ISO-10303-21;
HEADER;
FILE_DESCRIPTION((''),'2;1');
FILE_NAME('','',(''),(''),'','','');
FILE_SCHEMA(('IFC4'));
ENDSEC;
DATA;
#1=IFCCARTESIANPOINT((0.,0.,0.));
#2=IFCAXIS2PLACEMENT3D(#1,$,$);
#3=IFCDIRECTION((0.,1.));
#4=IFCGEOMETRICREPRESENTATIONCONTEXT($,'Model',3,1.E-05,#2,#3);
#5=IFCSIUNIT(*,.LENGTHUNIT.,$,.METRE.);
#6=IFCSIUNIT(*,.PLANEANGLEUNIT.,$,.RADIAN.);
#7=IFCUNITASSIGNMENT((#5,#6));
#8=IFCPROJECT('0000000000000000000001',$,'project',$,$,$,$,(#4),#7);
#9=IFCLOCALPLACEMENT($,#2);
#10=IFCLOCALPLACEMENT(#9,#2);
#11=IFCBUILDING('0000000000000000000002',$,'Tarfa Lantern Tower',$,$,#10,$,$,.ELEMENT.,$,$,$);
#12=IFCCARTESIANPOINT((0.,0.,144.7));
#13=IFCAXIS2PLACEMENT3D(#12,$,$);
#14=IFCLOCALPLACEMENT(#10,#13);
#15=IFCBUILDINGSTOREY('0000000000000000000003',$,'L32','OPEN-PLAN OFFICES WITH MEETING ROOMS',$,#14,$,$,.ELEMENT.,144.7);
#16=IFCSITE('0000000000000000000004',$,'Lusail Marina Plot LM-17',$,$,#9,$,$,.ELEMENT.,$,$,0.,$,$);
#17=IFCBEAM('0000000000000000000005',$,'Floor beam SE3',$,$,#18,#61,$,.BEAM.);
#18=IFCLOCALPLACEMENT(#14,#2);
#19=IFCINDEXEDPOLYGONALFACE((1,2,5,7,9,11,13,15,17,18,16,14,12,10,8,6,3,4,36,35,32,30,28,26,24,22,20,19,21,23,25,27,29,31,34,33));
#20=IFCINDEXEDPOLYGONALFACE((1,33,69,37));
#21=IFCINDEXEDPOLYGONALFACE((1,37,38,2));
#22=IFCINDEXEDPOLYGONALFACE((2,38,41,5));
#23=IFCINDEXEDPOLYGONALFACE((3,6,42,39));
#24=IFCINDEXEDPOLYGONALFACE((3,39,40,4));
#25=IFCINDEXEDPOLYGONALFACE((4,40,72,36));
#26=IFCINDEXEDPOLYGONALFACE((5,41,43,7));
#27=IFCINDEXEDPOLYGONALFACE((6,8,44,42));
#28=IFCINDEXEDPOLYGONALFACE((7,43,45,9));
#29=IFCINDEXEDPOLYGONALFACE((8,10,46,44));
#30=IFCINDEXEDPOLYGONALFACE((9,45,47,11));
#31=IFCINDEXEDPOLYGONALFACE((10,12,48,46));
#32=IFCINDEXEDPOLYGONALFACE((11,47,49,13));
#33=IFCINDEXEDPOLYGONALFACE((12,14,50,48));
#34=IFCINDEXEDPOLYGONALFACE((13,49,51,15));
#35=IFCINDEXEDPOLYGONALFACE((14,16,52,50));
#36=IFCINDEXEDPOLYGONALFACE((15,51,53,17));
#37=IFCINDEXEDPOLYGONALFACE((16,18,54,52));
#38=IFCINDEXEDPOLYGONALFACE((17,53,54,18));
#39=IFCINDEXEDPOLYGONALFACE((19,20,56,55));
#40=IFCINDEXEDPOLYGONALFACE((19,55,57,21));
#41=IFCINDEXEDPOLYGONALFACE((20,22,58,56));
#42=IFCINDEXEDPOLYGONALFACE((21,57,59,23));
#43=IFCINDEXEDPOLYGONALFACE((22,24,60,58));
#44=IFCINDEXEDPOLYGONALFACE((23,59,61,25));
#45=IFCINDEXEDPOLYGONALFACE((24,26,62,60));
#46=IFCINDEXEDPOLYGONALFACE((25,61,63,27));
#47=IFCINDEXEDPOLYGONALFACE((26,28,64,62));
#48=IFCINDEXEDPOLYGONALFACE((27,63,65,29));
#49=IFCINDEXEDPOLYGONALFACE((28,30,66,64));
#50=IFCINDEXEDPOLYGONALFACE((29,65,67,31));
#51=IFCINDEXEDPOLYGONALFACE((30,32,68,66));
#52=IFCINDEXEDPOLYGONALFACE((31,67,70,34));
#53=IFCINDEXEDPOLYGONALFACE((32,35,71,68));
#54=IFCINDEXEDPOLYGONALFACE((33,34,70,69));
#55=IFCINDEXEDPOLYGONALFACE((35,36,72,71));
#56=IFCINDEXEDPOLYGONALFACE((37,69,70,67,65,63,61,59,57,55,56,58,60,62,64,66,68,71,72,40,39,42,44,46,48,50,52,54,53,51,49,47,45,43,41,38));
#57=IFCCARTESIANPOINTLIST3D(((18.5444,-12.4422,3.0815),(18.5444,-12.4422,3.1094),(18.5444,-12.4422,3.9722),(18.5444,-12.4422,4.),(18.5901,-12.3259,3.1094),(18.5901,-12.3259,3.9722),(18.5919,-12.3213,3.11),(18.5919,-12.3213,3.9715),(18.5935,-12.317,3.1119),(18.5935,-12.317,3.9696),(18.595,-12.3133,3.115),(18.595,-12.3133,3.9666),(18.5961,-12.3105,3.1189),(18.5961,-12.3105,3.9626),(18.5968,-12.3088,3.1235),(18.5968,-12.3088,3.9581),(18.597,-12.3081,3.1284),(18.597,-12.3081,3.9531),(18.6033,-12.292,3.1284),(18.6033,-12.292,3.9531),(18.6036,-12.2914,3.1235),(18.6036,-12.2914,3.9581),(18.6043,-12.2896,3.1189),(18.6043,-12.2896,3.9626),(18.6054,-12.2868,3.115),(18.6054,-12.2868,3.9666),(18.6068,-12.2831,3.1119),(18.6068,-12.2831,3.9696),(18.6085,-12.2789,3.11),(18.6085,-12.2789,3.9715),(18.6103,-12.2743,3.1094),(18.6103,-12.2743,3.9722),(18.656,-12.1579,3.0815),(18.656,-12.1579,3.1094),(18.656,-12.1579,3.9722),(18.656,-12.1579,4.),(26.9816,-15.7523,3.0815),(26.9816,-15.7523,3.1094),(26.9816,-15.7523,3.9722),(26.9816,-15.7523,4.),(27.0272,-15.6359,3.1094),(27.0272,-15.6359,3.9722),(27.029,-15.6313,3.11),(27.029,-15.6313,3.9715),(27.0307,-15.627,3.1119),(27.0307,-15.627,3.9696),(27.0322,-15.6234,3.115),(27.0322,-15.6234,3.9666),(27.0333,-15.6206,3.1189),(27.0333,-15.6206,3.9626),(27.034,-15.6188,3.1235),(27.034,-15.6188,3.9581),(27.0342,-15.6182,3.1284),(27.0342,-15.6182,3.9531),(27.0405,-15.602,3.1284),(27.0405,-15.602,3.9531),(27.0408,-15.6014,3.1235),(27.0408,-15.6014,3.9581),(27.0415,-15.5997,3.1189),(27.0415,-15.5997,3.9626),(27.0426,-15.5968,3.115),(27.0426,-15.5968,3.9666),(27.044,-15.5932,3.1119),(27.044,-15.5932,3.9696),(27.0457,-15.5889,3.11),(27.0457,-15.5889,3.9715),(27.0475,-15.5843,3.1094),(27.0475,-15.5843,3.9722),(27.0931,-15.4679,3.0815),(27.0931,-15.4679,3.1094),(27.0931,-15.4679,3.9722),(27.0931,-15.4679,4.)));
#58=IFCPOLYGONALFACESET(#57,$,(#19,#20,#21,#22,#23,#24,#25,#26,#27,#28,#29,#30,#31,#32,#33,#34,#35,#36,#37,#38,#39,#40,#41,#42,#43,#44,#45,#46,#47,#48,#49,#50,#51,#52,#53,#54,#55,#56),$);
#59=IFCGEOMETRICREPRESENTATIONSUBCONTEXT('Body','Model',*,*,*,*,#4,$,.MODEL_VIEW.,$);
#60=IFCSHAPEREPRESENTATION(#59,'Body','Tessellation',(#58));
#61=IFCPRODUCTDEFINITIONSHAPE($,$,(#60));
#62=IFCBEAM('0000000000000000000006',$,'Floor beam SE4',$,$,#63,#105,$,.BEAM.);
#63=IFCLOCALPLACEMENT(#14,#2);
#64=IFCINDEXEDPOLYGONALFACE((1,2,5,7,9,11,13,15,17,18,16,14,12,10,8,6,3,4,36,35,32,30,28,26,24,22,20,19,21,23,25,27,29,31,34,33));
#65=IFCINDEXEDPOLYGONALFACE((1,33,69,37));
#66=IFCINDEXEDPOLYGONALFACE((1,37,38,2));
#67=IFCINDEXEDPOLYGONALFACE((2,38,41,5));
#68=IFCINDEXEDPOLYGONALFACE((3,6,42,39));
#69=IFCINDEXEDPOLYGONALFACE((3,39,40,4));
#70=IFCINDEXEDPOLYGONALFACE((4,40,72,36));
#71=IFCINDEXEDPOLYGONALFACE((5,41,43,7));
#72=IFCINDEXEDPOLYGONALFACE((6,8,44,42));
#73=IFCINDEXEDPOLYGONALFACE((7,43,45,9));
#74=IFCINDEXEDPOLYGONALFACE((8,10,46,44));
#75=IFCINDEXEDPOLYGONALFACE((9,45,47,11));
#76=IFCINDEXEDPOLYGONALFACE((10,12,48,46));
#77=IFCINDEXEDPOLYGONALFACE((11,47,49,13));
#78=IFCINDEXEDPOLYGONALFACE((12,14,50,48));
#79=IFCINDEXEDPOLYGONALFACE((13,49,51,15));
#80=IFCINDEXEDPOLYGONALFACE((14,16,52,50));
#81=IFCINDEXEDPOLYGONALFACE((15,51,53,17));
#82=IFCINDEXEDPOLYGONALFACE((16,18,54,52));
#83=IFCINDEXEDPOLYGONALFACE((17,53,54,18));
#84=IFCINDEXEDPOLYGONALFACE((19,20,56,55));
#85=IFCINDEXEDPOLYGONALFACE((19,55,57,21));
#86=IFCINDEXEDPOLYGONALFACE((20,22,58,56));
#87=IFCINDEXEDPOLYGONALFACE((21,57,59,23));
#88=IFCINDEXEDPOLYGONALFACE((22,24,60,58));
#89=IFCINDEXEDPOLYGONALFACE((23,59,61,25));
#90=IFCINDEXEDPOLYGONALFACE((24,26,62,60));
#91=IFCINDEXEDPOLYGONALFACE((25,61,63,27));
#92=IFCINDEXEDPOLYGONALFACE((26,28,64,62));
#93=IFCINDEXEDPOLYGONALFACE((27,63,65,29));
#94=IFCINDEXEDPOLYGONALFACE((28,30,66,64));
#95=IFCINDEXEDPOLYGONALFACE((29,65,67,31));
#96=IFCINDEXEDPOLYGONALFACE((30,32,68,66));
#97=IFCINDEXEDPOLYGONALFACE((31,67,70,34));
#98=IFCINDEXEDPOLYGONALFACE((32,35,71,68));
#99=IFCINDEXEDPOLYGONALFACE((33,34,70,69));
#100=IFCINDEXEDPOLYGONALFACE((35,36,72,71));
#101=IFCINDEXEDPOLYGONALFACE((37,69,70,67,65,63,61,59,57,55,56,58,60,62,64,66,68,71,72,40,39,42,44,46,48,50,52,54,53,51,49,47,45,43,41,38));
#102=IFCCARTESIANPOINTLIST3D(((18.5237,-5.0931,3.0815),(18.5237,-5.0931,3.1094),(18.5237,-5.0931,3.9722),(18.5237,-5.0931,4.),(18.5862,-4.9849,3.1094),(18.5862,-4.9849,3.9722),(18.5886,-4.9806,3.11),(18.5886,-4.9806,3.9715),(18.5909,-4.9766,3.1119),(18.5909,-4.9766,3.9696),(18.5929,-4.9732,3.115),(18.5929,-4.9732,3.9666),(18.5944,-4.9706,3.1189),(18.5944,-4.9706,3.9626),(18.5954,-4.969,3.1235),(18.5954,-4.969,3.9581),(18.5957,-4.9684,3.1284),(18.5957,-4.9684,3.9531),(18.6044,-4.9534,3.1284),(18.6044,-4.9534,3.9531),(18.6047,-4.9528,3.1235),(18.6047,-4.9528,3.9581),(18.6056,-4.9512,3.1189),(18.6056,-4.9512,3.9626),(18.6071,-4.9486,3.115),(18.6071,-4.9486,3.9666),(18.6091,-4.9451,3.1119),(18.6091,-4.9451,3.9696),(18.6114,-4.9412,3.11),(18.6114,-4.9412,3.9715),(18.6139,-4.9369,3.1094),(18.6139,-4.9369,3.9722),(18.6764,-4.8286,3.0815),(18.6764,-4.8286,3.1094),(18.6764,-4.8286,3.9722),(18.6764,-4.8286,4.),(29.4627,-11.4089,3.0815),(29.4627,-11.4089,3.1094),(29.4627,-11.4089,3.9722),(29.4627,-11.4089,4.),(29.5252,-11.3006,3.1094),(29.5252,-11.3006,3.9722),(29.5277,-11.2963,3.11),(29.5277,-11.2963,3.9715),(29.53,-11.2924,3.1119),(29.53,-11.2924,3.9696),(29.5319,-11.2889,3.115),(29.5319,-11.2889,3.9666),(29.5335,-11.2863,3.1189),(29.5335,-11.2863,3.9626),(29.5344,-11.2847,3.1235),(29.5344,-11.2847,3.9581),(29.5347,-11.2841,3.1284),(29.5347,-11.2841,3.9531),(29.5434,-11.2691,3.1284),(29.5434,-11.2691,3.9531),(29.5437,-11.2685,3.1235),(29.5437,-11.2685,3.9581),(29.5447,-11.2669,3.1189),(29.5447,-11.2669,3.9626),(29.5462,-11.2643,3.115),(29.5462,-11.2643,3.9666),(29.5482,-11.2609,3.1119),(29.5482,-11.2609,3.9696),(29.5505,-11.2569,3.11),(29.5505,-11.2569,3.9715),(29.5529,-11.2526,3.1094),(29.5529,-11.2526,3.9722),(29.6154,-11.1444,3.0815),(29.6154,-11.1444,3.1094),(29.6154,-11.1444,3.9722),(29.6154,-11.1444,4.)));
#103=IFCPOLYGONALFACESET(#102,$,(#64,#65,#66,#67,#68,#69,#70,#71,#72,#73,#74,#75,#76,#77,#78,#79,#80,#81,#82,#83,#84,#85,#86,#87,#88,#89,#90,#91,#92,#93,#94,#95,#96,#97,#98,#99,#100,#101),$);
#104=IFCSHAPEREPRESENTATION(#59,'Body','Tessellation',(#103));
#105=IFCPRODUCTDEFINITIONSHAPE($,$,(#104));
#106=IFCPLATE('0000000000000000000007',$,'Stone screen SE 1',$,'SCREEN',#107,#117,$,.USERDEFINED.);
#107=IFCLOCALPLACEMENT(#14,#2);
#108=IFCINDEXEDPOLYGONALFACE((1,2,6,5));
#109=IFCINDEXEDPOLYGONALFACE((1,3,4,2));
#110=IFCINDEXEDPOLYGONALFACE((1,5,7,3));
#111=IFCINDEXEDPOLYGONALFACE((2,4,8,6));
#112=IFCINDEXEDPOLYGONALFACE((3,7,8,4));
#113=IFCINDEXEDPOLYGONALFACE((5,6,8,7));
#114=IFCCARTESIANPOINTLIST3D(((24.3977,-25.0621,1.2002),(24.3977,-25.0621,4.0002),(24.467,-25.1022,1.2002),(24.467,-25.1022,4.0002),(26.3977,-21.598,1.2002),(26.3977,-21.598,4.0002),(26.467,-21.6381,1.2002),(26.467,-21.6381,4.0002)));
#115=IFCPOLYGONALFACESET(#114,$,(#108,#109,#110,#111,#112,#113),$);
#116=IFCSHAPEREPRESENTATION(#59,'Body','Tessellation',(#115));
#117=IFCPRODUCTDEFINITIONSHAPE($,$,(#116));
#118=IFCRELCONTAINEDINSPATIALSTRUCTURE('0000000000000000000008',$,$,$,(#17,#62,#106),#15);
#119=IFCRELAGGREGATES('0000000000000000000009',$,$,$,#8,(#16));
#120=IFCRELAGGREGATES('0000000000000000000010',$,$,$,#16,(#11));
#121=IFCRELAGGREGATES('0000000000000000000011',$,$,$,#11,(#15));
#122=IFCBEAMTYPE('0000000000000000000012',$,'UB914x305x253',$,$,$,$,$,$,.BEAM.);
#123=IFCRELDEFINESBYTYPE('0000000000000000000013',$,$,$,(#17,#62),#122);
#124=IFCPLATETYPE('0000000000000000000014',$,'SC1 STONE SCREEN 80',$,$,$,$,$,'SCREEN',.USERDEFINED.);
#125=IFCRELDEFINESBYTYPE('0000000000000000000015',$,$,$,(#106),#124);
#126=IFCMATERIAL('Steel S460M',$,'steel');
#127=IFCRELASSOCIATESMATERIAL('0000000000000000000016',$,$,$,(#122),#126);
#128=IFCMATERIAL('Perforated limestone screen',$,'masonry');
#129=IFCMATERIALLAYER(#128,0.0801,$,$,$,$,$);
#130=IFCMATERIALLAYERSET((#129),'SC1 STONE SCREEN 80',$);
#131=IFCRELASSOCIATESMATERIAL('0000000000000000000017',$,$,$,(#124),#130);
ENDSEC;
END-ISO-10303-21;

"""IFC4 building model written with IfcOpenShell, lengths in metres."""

from ifc_helpers import new_model, si_unit, direction, frame, origin, origin_2d, place, context, subcontext, project, spatial, rectangle, i_section, extrude, material, layer, layer_set, material_profile, profile_set, type_object, element, save


model = new_model("IFC4")

# Units and contexts
model_context = context("Model", 3, precision=1e-05, world=origin(), true_north=direction((0.0, 1.0)))
body_context = subcontext(model_context, "Body", "Model", "MODEL_VIEW")
ifc_project = project(units=[si_unit("LENGTHUNIT", "METRE"), si_unit("PLANEANGLEUNIT", "RADIAN")], contexts=[model_context])

# Site, building, storey
site_placement = place(None, origin())
site = spatial("IfcSite", under=ifc_project, at=site_placement, Name="Lusail Marina Plot LM-17", CompositionType="ELEMENT", RefElevation=0.0)
building_placement = place(site_placement, origin())
building = spatial("IfcBuilding", under=site, at=building_placement, Name="Tarfa Lantern Tower", CompositionType="ELEMENT")
storey_placement = place(building_placement, frame((0.0, 0.0, 144.7)))
storey = spatial("IfcBuildingStorey", under=building, at=storey_placement, Name="L32", Description="OPEN-PLAN OFFICES WITH MEETING ROOMS", CompositionType="ELEMENT", Elevation=144.7)

# Beams
ifc_material_1 = material(Name="Steel S460M", Category="steel")
ifc_material_profile_1 = material_profile(ifc_material_1, i_section(OverallWidth=0.3054, OverallDepth=0.9185, WebThickness=0.0173, FlangeThickness=0.0278, FilletRadius=0.019, at=origin_2d()), Name="UB914x305x253")
ifc_profile_set_1 = profile_set([ifc_material_profile_1], Name="Steel S460M")
beam_type_1 = type_object("IfcBeamType", Name="UB914x305x253", PredefinedType="BEAM", material=ifc_profile_set_1)
beam_1_placement = place(storey_placement, frame((27.0374, -15.6101, 3.5408), z_axis=(-0.930923, 0.365215, 0.0), x_axis=(-0.365215, -0.930923, 0.0)))
element("IfcBeam", 1, at=beam_1_placement, inside=storey, type_object=beam_type_1, Name="Floor beam SE3", PredefinedType="BEAM", context=body_context, shape_type="SweptSolid", body=[
    extrude(i_section(OverallWidth=0.3054, OverallDepth=0.9185, WebThickness=0.0173, FlangeThickness=0.0278, FilletRadius=0.019, at=origin_2d()), origin(), (0.0, 0.0, 1.0), 9.0632),
])
beam_2_placement = place(storey_placement, frame((29.5391, -11.2766, 3.5408), z_axis=(-0.866023, 0.500004, 0.0), x_axis=(-0.500004, -0.866023, 0.0)))
element("IfcBeam", 2, at=beam_2_placement, inside=storey, type_object=beam_type_1, Name="Floor beam SE4", PredefinedType="BEAM", context=body_context, shape_type="SweptSolid", body=[
    extrude(i_section(OverallWidth=0.3054, OverallDepth=0.9185, WebThickness=0.0173, FlangeThickness=0.0278, FilletRadius=0.019, at=origin_2d()), origin(), (0.0, 0.0, 1.0), 12.6313),
])

# Plate
ifc_material_2 = material(Name="Perforated limestone screen", Category="masonry")
ifc_layer_1 = layer(ifc_material_2, 0.0801)
ifc_layer_set_1 = layer_set([ifc_layer_1], Name="SC1 STONE SCREEN 80")
plate_type = type_object("IfcPlateType", Name="SC1 STONE SCREEN 80", ElementType="SCREEN", PredefinedType="USERDEFINED", material=ifc_layer_set_1)
plate_placement = place(storey_placement, frame((25.4324, -23.3501, 1.2002), z_axis=(0.0, 0.0, 1.0), x_axis=(0.5, 0.866025, 0.0)))
element("IfcPlate", 3, at=plate_placement, inside=storey, type_object=plate_type, Name="Stone screen SE 1", ObjectType="SCREEN", PredefinedType="USERDEFINED", context=body_context, shape_type="SweptSolid", body=[
    extrude(rectangle(XDim=4.0, YDim=0.0801, at=origin_2d()), origin(), (0.0, 0.0, 1.0), 2.8),
])

save(model, "model.ifc")
